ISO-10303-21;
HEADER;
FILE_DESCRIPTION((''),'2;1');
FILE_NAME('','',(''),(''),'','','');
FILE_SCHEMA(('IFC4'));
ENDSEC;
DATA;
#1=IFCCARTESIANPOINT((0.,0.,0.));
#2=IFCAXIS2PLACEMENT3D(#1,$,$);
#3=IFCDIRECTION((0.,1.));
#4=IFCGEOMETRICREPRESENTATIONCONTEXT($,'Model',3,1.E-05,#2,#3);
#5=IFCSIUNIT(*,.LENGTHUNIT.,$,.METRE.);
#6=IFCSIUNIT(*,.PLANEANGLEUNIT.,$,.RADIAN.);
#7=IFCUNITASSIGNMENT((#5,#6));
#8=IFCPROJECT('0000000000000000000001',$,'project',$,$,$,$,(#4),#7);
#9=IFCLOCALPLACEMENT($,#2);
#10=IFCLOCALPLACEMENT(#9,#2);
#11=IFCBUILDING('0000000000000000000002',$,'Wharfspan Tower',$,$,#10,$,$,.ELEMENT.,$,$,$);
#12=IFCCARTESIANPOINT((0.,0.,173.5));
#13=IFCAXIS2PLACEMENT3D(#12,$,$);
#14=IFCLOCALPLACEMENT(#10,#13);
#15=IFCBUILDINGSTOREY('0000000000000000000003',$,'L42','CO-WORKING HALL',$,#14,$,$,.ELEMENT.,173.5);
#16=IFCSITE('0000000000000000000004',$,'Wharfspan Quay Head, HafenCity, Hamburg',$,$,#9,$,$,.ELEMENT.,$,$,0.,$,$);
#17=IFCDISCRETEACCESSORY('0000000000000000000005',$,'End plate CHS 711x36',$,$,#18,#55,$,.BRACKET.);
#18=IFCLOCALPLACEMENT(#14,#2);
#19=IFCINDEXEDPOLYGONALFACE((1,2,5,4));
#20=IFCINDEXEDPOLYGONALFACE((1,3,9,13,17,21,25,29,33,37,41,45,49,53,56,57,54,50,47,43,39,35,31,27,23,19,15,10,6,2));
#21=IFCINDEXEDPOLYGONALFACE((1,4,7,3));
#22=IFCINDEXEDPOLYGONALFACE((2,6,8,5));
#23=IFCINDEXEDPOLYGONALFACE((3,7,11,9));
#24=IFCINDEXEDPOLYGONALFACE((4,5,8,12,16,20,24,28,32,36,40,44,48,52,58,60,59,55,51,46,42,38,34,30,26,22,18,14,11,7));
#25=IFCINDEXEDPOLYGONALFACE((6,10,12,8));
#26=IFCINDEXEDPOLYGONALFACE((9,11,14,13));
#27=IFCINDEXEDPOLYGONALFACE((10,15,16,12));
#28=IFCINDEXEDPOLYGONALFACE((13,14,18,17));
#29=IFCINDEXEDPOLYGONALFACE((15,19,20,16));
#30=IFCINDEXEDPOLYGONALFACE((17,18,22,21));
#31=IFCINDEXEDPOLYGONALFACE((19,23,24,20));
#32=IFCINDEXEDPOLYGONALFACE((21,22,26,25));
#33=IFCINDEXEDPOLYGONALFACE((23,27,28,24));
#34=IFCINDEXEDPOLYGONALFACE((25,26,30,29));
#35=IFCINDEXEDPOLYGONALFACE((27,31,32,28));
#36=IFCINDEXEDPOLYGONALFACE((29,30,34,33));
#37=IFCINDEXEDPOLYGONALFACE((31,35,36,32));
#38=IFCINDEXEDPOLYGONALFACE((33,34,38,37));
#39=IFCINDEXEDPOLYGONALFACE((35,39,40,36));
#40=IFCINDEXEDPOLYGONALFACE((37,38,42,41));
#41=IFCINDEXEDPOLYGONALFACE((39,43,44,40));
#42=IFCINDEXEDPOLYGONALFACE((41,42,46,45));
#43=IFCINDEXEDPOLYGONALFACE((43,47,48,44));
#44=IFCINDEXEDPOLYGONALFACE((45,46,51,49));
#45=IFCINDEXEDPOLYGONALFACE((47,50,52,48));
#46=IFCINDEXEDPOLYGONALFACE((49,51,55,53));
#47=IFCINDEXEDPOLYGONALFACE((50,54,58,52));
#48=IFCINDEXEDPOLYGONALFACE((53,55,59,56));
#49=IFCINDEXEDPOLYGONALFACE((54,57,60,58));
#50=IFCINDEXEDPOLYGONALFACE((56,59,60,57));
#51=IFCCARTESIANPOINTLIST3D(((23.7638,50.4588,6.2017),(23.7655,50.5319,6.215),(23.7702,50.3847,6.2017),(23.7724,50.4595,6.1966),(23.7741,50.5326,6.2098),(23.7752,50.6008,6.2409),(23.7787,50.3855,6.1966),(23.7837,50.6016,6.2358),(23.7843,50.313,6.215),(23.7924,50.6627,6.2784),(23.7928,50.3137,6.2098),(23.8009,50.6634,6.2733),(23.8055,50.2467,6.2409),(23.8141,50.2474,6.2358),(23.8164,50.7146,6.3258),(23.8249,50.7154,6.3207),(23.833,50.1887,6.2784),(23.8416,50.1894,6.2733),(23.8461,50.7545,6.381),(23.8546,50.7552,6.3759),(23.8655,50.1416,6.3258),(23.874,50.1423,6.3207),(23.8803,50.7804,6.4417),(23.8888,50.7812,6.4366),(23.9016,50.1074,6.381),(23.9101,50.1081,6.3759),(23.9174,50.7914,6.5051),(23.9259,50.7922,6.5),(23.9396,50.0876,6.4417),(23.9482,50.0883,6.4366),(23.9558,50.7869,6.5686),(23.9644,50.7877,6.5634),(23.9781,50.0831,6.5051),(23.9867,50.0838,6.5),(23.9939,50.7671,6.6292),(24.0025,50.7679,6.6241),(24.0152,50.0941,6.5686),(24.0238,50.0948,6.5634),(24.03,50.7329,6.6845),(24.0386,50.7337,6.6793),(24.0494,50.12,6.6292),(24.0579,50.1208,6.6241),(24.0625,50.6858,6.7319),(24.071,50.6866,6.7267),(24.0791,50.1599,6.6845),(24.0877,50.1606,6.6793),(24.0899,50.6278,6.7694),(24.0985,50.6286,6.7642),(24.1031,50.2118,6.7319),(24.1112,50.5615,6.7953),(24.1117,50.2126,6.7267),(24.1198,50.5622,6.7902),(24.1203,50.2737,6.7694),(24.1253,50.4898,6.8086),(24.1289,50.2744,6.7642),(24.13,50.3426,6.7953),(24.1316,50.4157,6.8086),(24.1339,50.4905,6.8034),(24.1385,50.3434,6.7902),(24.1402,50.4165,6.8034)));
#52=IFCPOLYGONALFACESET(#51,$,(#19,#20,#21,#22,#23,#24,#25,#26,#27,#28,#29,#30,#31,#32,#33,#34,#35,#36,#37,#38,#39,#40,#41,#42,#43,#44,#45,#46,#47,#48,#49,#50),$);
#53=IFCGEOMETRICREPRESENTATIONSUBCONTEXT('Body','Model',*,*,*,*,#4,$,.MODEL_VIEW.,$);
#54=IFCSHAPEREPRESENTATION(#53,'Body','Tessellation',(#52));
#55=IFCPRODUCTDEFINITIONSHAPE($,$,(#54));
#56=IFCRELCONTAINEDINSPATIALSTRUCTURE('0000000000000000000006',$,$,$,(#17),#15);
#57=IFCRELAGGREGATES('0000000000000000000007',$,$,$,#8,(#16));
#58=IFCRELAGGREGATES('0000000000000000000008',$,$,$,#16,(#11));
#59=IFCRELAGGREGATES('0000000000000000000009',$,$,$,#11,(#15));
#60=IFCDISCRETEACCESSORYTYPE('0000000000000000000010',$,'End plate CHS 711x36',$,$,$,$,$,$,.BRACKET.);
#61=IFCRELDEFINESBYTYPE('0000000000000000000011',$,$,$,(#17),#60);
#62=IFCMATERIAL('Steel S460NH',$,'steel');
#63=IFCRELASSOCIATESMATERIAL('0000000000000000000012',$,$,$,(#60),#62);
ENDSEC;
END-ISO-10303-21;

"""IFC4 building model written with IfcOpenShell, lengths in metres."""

from ifc_helpers import new_model, si_unit, direction, frame, origin, origin_2d, place, context, subcontext, project, spatial, circle, extrude, material, material_profile, profile_set, type_object, element, save


model = new_model("IFC4")

# Units and contexts
model_context = context("Model", 3, precision=1e-05, world=origin(), true_north=direction((0.0, 1.0)))
body_context = subcontext(model_context, "Body", "Model", "MODEL_VIEW")
ifc_project = project(units=[si_unit("LENGTHUNIT", "METRE"), si_unit("PLANEANGLEUNIT", "RADIAN")], contexts=[model_context])

# Site, building, storey
site_placement = place(None, origin())
site = spatial("IfcSite", under=ifc_project, at=site_placement, Name="Wharfspan Quay Head, HafenCity, Hamburg", CompositionType="ELEMENT", RefElevation=0.0)
building_placement = place(site_placement, origin())
building = spatial("IfcBuilding", under=site, at=building_placement, Name="Wharfspan Tower", CompositionType="ELEMENT")
storey_placement = place(building_placement, frame((0.0, 0.0, 173.5)))
storey = spatial("IfcBuildingStorey", under=building, at=storey_placement, Name="L42", Description="CO-WORKING HALL", CompositionType="ELEMENT", Elevation=173.5)

# Discrete accessory
ifc_material_1 = material(Name="Steel S460NH", Category="steel")
ifc_material_profile_1 = material_profile(ifc_material_1, circle(Radius=0.3555, at=origin_2d()))
ifc_profile_set_1 = profile_set([ifc_material_profile_1], Name="Steel S460NH")
discrete_accessory_type = type_object("IfcDiscreteAccessoryType", Name="End plate CHS 711x36", PredefinedType="BRACKET", material=ifc_profile_set_1)
discrete_accessory_placement = place(storey_placement, frame((23.9563, 50.438, 6.5), z_axis=(-0.855186, -0.073302, 0.513112), x_axis=(0.085402, -0.996345, 0.000001)))
element("IfcDiscreteAccessory", 1, at=discrete_accessory_placement, inside=storey, type_object=discrete_accessory_type, Name="End plate CHS 711x36", PredefinedType="BRACKET", context=body_context, shape_type="SweptSolid", body=[
    extrude(circle(Radius=0.3555, at=origin_2d()), origin(), (0.0, 0.0, 1.0), 0.01),
])

save(model, "model.ifc")
